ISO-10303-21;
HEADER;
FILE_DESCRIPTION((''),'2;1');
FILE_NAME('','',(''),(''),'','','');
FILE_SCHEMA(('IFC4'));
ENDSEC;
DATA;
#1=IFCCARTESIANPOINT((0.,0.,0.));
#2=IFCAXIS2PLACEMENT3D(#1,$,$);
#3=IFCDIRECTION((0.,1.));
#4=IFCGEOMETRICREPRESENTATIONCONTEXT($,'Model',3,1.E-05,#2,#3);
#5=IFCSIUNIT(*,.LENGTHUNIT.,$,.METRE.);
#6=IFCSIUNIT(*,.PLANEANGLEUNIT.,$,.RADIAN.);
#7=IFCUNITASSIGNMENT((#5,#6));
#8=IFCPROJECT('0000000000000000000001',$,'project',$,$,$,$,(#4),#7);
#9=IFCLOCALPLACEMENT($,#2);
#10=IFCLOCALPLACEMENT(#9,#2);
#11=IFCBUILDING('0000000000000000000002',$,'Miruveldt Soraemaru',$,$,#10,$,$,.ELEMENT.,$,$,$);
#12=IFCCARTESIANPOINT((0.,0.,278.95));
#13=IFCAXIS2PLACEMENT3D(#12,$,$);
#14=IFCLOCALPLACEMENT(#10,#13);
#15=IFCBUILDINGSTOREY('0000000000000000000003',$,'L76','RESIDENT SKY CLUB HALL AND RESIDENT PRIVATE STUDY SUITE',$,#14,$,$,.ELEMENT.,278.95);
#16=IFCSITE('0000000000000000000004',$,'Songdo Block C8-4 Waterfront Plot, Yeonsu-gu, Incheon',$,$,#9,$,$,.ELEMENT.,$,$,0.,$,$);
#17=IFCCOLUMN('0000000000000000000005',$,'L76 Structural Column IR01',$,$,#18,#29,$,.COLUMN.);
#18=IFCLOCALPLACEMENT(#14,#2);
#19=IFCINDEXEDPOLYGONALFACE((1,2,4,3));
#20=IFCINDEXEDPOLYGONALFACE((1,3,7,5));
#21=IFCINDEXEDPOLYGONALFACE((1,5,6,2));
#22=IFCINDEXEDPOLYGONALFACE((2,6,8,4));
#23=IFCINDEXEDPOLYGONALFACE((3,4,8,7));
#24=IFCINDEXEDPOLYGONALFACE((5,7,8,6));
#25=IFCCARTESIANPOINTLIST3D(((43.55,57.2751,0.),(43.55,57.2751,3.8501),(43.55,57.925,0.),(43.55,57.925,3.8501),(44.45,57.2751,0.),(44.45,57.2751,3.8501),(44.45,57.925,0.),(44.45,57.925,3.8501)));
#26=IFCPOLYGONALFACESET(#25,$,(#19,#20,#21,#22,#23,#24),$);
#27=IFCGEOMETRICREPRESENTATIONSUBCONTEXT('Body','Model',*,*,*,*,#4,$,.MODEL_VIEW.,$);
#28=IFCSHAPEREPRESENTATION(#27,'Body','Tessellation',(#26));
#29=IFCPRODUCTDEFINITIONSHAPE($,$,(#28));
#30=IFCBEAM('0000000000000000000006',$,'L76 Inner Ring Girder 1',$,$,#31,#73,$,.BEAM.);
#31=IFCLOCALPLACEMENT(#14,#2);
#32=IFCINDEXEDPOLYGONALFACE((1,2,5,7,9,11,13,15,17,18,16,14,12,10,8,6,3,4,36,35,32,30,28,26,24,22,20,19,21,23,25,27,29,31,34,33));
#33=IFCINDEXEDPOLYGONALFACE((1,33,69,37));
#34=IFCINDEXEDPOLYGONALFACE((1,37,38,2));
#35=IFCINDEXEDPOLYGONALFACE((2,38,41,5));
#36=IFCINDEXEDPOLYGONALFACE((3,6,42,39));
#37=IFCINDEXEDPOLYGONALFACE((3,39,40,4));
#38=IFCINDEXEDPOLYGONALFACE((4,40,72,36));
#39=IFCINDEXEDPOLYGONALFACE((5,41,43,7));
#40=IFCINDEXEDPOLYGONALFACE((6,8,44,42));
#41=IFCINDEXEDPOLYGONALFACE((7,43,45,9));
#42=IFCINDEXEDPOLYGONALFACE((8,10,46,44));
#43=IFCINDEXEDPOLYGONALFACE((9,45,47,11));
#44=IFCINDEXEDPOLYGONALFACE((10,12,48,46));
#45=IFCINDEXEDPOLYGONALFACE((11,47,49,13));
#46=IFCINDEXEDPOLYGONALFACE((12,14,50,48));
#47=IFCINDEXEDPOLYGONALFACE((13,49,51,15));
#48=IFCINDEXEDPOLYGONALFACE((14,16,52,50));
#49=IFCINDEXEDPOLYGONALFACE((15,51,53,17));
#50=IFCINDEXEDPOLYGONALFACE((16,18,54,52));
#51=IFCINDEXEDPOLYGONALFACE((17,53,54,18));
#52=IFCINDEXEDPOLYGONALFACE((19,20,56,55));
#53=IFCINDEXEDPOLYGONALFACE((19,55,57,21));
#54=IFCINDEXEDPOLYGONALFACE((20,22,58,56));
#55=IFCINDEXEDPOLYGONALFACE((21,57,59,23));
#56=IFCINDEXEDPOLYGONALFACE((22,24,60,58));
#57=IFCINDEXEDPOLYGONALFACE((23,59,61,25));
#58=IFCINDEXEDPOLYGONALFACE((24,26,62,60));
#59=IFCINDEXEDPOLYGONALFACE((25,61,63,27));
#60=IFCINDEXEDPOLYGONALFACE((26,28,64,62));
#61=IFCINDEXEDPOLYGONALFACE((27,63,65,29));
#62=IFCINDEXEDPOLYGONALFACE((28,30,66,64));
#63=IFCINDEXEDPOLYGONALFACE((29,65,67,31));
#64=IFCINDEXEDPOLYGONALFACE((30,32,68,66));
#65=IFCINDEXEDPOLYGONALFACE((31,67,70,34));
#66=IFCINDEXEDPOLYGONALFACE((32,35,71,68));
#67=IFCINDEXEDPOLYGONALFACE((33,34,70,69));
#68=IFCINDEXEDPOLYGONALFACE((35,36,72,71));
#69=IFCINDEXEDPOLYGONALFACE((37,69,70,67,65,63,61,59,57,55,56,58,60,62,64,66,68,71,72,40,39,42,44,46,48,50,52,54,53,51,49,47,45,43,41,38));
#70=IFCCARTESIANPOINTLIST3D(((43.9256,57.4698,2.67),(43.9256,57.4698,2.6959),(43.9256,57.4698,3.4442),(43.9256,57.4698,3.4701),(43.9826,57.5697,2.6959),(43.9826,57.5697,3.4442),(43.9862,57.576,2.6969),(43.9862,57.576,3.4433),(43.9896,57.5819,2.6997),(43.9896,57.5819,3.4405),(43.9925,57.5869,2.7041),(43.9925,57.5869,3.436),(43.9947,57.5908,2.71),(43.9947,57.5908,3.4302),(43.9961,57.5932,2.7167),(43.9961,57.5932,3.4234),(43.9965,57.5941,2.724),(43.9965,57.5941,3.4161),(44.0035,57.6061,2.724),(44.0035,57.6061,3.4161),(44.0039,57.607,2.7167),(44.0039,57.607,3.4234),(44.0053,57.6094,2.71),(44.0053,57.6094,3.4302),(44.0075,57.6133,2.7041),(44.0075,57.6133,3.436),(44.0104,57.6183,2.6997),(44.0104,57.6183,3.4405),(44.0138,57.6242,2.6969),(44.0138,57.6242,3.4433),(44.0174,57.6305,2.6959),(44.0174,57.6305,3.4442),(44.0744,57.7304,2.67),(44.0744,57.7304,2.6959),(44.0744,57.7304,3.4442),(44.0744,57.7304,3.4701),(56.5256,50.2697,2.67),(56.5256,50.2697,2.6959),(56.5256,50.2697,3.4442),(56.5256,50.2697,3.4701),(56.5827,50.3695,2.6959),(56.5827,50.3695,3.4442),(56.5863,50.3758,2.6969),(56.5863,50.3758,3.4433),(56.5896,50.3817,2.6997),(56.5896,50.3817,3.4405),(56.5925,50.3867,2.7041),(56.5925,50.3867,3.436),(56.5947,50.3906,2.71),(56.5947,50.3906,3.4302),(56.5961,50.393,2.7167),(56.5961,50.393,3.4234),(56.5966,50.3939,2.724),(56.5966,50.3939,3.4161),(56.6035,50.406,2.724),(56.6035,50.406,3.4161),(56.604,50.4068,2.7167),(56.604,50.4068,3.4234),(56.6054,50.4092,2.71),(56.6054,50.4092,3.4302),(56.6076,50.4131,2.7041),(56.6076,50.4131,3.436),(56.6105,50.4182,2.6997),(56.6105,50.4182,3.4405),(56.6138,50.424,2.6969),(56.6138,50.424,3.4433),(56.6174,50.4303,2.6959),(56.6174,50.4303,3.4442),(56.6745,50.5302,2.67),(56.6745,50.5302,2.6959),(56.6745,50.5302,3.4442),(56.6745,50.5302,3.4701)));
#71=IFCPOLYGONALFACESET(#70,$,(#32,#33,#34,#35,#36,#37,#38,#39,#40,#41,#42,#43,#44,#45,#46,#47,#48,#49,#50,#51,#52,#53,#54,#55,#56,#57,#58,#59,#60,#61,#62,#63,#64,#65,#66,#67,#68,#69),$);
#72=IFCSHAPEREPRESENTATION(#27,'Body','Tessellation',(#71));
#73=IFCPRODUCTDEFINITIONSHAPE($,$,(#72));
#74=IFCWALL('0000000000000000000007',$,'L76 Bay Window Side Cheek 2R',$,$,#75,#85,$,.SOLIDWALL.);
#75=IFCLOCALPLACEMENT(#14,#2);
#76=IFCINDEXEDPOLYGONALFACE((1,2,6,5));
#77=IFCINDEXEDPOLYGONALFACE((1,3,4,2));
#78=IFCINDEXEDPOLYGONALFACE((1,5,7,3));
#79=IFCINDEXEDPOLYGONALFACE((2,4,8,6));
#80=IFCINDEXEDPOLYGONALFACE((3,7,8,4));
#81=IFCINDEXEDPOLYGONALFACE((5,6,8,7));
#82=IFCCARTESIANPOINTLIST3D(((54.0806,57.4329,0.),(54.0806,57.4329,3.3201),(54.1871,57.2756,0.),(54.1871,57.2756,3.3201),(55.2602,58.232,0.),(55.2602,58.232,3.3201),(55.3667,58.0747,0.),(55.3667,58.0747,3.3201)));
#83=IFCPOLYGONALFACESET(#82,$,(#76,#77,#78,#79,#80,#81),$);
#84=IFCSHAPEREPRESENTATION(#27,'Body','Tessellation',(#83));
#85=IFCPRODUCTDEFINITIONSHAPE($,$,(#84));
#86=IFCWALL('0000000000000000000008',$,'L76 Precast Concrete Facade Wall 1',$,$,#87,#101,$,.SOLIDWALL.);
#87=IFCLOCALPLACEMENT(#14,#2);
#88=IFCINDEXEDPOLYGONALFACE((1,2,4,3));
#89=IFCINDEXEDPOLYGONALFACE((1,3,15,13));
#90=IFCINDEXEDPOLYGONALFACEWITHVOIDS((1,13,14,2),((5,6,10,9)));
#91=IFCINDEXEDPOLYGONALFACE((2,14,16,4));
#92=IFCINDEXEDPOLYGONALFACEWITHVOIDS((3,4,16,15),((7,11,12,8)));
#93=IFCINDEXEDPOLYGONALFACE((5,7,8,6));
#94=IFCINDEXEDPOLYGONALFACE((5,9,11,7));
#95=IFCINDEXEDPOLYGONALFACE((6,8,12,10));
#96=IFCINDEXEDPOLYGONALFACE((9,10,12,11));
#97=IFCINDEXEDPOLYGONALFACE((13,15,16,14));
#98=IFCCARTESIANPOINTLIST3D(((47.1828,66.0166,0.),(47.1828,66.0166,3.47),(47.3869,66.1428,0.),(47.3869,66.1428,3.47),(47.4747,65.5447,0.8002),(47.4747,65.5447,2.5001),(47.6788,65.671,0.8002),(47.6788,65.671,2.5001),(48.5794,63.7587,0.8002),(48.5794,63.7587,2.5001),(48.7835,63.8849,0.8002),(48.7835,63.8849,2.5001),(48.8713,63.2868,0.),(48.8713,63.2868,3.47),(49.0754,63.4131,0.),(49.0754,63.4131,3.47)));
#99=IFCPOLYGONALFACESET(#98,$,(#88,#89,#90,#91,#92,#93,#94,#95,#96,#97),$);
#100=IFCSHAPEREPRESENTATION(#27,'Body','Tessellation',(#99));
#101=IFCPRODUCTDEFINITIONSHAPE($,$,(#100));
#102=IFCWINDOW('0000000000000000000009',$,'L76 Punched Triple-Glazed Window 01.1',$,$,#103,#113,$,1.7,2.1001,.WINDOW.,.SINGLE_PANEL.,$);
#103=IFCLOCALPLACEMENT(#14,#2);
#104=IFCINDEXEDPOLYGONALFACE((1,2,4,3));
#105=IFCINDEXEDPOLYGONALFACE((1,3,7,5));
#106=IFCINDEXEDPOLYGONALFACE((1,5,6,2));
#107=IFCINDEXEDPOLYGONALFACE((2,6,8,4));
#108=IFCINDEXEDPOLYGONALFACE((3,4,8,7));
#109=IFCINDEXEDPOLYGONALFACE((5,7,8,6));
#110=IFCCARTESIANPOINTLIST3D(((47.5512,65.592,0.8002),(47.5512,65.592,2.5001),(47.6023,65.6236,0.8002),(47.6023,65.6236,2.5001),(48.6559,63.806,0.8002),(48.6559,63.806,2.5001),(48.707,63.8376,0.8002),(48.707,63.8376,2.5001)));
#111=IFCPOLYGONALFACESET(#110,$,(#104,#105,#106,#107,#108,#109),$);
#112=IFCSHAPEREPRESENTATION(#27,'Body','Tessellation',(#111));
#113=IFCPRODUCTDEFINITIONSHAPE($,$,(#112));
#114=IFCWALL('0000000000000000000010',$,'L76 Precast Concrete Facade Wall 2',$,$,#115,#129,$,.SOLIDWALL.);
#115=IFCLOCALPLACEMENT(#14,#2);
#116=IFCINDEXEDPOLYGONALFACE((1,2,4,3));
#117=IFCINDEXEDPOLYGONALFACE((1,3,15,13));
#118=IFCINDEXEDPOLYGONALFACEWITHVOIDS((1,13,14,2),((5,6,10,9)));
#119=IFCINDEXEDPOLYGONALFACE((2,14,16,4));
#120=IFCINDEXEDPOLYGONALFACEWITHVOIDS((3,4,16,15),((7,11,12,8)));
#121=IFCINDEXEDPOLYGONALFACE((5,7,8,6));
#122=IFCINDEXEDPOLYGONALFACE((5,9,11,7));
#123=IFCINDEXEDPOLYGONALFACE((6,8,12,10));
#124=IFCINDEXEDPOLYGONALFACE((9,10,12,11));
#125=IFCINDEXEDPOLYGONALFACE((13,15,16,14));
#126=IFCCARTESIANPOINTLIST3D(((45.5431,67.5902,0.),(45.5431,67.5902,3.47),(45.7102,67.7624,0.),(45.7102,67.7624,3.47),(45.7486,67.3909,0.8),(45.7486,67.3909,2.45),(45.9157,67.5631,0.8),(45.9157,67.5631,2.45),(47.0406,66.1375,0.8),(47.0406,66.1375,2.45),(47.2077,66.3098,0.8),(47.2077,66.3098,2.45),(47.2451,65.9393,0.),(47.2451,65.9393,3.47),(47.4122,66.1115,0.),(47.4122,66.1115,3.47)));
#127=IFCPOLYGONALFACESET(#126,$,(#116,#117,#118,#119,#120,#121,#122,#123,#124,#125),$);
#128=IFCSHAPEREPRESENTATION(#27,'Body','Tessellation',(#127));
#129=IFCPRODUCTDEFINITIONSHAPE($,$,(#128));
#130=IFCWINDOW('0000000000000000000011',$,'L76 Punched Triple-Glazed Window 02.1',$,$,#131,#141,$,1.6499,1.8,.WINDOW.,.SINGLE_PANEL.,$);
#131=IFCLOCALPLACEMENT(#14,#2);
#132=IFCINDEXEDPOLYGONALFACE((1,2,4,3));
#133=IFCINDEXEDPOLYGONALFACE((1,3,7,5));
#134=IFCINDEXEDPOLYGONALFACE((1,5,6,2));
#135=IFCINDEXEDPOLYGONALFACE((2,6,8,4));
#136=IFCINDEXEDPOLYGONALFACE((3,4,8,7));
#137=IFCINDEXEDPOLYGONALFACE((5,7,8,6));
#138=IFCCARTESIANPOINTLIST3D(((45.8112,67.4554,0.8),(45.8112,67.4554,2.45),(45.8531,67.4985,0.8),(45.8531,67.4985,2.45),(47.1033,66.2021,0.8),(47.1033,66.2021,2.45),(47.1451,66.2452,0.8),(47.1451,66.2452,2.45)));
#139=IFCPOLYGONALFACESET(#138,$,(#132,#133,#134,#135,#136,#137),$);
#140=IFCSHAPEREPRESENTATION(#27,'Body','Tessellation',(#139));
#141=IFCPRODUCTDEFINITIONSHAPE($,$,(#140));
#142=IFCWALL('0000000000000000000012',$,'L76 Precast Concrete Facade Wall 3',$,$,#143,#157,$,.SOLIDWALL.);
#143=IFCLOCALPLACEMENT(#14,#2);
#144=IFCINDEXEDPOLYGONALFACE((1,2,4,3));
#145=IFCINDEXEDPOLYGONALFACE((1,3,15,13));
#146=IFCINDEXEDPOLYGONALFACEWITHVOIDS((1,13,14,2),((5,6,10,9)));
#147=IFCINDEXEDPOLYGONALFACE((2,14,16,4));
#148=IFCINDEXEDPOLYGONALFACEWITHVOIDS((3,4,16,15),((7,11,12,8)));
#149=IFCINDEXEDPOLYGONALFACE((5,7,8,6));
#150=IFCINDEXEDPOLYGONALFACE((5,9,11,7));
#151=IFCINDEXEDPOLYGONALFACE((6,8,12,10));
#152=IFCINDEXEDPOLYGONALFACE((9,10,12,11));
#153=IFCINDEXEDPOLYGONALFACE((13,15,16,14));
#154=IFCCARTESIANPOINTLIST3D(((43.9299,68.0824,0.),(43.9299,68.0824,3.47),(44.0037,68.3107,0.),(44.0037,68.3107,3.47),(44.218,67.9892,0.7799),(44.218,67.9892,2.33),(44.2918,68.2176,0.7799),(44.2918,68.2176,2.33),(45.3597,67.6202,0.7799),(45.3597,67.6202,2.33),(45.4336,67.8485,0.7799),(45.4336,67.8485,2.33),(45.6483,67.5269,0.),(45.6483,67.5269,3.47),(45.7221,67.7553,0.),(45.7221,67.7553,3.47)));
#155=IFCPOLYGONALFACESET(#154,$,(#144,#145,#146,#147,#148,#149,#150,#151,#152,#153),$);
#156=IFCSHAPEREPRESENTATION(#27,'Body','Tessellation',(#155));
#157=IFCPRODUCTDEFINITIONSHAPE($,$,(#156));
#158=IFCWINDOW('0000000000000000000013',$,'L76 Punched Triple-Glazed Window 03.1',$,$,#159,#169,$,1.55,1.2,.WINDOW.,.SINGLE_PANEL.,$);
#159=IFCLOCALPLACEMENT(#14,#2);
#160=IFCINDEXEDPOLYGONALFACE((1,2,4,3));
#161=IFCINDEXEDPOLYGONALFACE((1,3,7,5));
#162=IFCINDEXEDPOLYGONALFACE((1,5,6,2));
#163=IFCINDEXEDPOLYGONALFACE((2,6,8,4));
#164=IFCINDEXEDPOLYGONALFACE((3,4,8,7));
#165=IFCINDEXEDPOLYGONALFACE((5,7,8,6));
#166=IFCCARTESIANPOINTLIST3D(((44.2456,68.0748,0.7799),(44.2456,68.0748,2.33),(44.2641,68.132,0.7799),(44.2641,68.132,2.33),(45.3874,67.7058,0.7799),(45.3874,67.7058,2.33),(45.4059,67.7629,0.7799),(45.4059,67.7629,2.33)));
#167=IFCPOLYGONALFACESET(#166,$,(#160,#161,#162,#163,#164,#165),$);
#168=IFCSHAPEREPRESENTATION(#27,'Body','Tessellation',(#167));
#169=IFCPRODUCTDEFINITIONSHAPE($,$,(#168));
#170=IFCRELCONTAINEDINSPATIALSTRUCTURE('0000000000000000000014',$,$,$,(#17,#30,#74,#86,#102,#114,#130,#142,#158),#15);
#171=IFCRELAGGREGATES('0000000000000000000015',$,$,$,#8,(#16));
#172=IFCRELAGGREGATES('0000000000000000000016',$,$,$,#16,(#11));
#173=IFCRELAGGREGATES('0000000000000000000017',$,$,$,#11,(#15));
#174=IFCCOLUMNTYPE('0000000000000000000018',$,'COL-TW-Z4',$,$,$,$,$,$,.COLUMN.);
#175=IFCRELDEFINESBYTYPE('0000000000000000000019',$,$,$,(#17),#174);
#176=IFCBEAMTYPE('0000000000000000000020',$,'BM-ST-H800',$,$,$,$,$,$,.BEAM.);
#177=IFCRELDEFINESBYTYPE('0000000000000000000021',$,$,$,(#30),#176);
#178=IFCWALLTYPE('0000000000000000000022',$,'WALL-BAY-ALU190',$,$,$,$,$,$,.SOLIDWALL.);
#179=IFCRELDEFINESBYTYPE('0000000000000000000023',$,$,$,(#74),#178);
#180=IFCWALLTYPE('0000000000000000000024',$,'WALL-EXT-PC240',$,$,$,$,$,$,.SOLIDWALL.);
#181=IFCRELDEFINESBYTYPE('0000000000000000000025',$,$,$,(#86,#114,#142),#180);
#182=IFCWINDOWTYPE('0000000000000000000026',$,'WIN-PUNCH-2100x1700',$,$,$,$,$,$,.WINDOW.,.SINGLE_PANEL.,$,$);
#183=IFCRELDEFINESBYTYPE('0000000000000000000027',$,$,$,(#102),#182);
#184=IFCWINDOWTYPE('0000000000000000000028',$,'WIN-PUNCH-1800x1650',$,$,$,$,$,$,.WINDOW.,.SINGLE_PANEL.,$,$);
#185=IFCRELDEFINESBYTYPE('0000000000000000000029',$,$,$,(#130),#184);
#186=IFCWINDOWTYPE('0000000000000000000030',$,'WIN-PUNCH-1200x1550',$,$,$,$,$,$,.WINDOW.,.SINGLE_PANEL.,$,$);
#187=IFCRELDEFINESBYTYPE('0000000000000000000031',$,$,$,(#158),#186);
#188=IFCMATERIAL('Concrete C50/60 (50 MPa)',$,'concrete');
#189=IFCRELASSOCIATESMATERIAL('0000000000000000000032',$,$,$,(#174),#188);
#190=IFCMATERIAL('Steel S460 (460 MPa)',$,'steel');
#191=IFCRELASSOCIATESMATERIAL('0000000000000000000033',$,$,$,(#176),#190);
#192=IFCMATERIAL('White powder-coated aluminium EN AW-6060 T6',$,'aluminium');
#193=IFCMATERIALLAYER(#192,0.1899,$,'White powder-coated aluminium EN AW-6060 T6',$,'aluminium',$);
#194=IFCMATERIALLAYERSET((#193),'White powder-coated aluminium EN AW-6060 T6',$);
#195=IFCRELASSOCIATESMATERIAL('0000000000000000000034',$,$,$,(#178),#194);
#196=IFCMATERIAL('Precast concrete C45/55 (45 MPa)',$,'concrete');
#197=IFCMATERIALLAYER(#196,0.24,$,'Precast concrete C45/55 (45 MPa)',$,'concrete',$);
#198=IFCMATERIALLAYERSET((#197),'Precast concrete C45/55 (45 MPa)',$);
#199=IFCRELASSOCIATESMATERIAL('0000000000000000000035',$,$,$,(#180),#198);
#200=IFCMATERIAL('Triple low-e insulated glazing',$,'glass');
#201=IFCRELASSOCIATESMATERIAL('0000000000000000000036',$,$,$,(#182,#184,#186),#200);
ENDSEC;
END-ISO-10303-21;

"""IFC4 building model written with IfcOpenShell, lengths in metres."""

from ifc_helpers import new_model, si_unit, direction, frame, frame_2d, origin, origin_2d, place, context, subcontext, project, spatial, rectangle, i_section, extrude, material, layer, layer_set, material_profile, profile_set, type_object, element, fill, save


model = new_model("IFC4")

# Units and contexts
model_context = context("Model", 3, precision=1e-05, world=origin(), true_north=direction((0.0, 1.0)))
body_context = subcontext(model_context, "Body", "Model", "MODEL_VIEW")
ifc_project = project(units=[si_unit("LENGTHUNIT", "METRE"), si_unit("PLANEANGLEUNIT", "RADIAN")], contexts=[model_context])

# Site, building, storey
site_placement = place(None, origin())
site = spatial("IfcSite", under=ifc_project, at=site_placement, Name="Songdo Block C8-4 Waterfront Plot, Yeonsu-gu, Incheon", CompositionType="ELEMENT", RefElevation=0.0)
building_placement = place(site_placement, origin())
building = spatial("IfcBuilding", under=site, at=building_placement, Name="Miruveldt Soraemaru", CompositionType="ELEMENT")
storey_placement = place(building_placement, frame((0.0, 0.0, 278.95)))
storey = spatial("IfcBuildingStorey", under=building, at=storey_placement, Name="L76", Description="RESIDENT SKY CLUB HALL AND RESIDENT PRIVATE STUDY SUITE", CompositionType="ELEMENT", Elevation=278.95)

# Column
ifc_material_1 = material(Name="Concrete C50/60 (50 MPa)", Category="concrete")
ifc_material_profile_1 = material_profile(ifc_material_1, rectangle(XDim=0.8999, YDim=0.6499, at=origin_2d()), Name="Concrete C50/60 (50 MPa)", Category="concrete")
ifc_profile_set_1 = profile_set([ifc_material_profile_1], Name="Concrete C50/60 (50 MPa)")
column_type = type_object("IfcColumnType", Name="COL-TW-Z4", PredefinedType="COLUMN", material=ifc_profile_set_1)
column_placement = place(storey_placement, frame((44.0, 57.6001, 0.0), z_axis=(0.0, 0.0, 1.0), x_axis=(1.0, 0.0, 0.0)))
element("IfcColumn", 1, at=column_placement, inside=storey, type_object=column_type, Name="L76 Structural Column IR01", PredefinedType="COLUMN", context=body_context, shape_type="SweptSolid", body=[
    extrude(rectangle(XDim=0.8999, YDim=0.6499, at=origin_2d()), origin(), (0.0, 0.0, 1.0), 3.8501),
])

# Beam
ifc_material_2 = material(Name="Steel S460 (460 MPa)", Category="steel")
ifc_material_profile_2 = material_profile(ifc_material_2, i_section(OverallWidth=0.3, OverallDepth=0.8, WebThickness=0.0139, FlangeThickness=0.0259, FilletRadius=0.0281, at=origin_2d()), Name="Steel S460 (460 MPa)", Category="steel")
ifc_profile_set_2 = profile_set([ifc_material_profile_2], Name="Steel S460 (460 MPa)")
beam_type = type_object("IfcBeamType", Name="BM-ST-H800", PredefinedType="BEAM", material=ifc_profile_set_2)
beam_placement = place(storey_placement, frame((44.0, 57.6001, 3.0701), z_axis=(0.868239, -0.496146, 0.0), x_axis=(0.496146, 0.868239, 0.0)))
element("IfcBeam", 2, at=beam_placement, inside=storey, type_object=beam_type, Name="L76 Inner Ring Girder 1", PredefinedType="BEAM", context=body_context, shape_type="SweptSolid", body=[
    extrude(i_section(OverallWidth=0.3, OverallDepth=0.8, WebThickness=0.0139, FlangeThickness=0.0259, FilletRadius=0.0281, at=origin_2d()), origin(), (0.0, 0.0, 1.0), 14.5122),
])

# Wall
ifc_material_3 = material(Name="White powder-coated aluminium EN AW-6060 T6", Category="aluminium")
ifc_layer_1 = layer(ifc_material_3, 0.1899, Name="White powder-coated aluminium EN AW-6060 T6", Category="aluminium")
ifc_layer_set_1 = layer_set([ifc_layer_1], Name="White powder-coated aluminium EN AW-6060 T6")
wall_type_1 = type_object("IfcWallType", Name="WALL-BAY-ALU190", PredefinedType="SOLIDWALL", material=ifc_layer_set_1)
wall_1_placement = place(storey_placement, frame((55.3135, 58.1533, 0.0), z_axis=(0.0, 0.0, 1.0), x_axis=(-0.827942, -0.560814, 0.0)))
element("IfcWall", 3, at=wall_1_placement, inside=storey, type_object=wall_type_1, Name="L76 Bay Window Side Cheek 2R", PredefinedType="SOLIDWALL", context=body_context, shape_type="SweptSolid", body=[
    extrude(rectangle(XDim=1.4248, YDim=0.1899, at=frame_2d((0.7124, 0.0))), origin(), (0.0, 0.0, 1.0), 3.3201),
])

# Walls, openings, windows
ifc_material_4 = material(Name="Precast concrete C45/55 (45 MPa)", Category="concrete")
ifc_layer_2 = layer(ifc_material_4, 0.24, Name="Precast concrete C45/55 (45 MPa)", Category="concrete")
ifc_layer_set_2 = layer_set([ifc_layer_2], Name="Precast concrete C45/55 (45 MPa)")
wall_type_2 = type_object("IfcWallType", Name="WALL-EXT-PC240", PredefinedType="SOLIDWALL", material=ifc_layer_set_2)
wall_2_placement = place(storey_placement, frame((48.9734, 63.3499, 0.0), z_axis=(0.0, 0.0, 1.0), x_axis=(-0.526048, 0.850455, 0.0)))
wall_2 = element("IfcWall", 4, at=wall_2_placement, inside=storey, type_object=wall_type_2, Name="L76 Precast Concrete Facade Wall 1", PredefinedType="SOLIDWALL", context=body_context, shape_type="SweptSolid", body=[
    extrude(rectangle(XDim=3.2097, YDim=0.24, at=frame_2d((1.605, 0.0))), origin(), (0.0, 0.0, 1.0), 3.47),
])
opening_1_placement = place(wall_2_placement, frame((0.5549, 0.0, 0.8)))
opening_1 = element("IfcOpeningElement", 5, at=opening_1_placement, cuts=wall_2, PredefinedType="OPENING", context=body_context, shape_type="SweptSolid", body=[
    extrude(rectangle(XDim=2.1001, YDim=1.7, at=frame_2d((1.05, 0.8501))), frame((0.0, 0.1299, 0.0), z_axis=(0.0, -1.0, 0.0), x_axis=(1.0, 0.0, 0.0)), (0.0, 0.0, 1.0), 0.26),
])
ifc_material_5 = material(Name="Triple low-e insulated glazing", Category="glass")
window_type_1 = type_object("IfcWindowType", Name="WIN-PUNCH-2100x1700", PartitioningType="SINGLE_PANEL", PredefinedType="WINDOW", material=ifc_material_5)
window_1_placement = place(opening_1_placement, origin())
window_1 = element("IfcWindow", 6, at=window_1_placement, inside=storey, type_object=window_type_1, Name="L76 Punched Triple-Glazed Window 01.1", OverallHeight=1.7, OverallWidth=2.1001, PartitioningType="SINGLE_PANEL", PredefinedType="WINDOW", context=body_context, shape_type="SweptSolid", body=[
    extrude(rectangle(XDim=2.1001, YDim=1.7, at=frame_2d((1.05, 0.8501))), frame((0.0, 0.03, 0.0), z_axis=(0.0, -1.0, 0.0), x_axis=(1.0, 0.0, 0.0)), (0.0, 0.0, 1.0), 0.0601),
])
fill(opening_1, window_1)
wall_3_placement = place(storey_placement, frame((47.3286, 66.0254, 0.0), z_axis=(0.0, 0.0, 1.0), x_axis=(-0.717785, 0.696265, 0.0)))
wall_3 = element("IfcWall", 7, at=wall_3_placement, inside=storey, type_object=wall_type_2, Name="L76 Precast Concrete Facade Wall 2", PredefinedType="SOLIDWALL", context=body_context, shape_type="SweptSolid", body=[
    extrude(rectangle(XDim=2.3711, YDim=0.24, at=frame_2d((1.1855, 0.0))), origin(), (0.0, 0.0, 1.0), 3.47),
])
opening_2_placement = place(wall_3_placement, frame((0.2849, 0.0, 0.8)))
opening_2 = element("IfcOpeningElement", 8, at=opening_2_placement, cuts=wall_3, PredefinedType="OPENING", context=body_context, shape_type="SweptSolid", body=[
    extrude(rectangle(XDim=1.8, YDim=1.6499, at=frame_2d((0.8999, 0.825))), frame((0.0, 0.1299, 0.0), z_axis=(0.0, -1.0, 0.0), x_axis=(1.0, 0.0, 0.0)), (0.0, 0.0, 1.0), 0.26),
])
window_type_2 = type_object("IfcWindowType", Name="WIN-PUNCH-1800x1650", PartitioningType="SINGLE_PANEL", PredefinedType="WINDOW", material=ifc_material_5)
window_2_placement = place(opening_2_placement, origin())
window_2 = element("IfcWindow", 9, at=window_2_placement, inside=storey, type_object=window_type_2, Name="L76 Punched Triple-Glazed Window 02.1", OverallHeight=1.6499, OverallWidth=1.8, PartitioningType="SINGLE_PANEL", PredefinedType="WINDOW", context=body_context, shape_type="SweptSolid", body=[
    extrude(rectangle(XDim=1.8, YDim=1.6499, at=frame_2d((0.8999, 0.825))), frame((0.0, 0.03, 0.0), z_axis=(0.0, -1.0, 0.0), x_axis=(1.0, 0.0, 0.0)), (0.0, 0.0, 1.0), 0.0601),
])
fill(opening_2, window_2)
wall_4_placement = place(storey_placement, frame((45.6851, 67.6411, 0.0), z_axis=(0.0, 0.0, 1.0), x_axis=(-0.951524, 0.307576, 0.0)))
wall_4 = element("IfcWall", 10, at=wall_4_placement, inside=storey, type_object=wall_type_2, Name="L76 Precast Concrete Facade Wall 3", PredefinedType="SOLIDWALL", context=body_context, shape_type="SweptSolid", body=[
    extrude(rectangle(XDim=1.8059, YDim=0.24, at=frame_2d((0.9028, 0.0))), origin(), (0.0, 0.0, 1.0), 3.47),
])
opening_3_placement = place(wall_4_placement, frame((0.303, 0.0, 0.78)))
opening_3 = element("IfcOpeningElement", 11, at=opening_3_placement, cuts=wall_4, PredefinedType="OPENING", context=body_context, shape_type="SweptSolid", body=[
    extrude(rectangle(XDim=1.2, YDim=1.55, at=frame_2d((0.6001, 0.7749))), frame((0.0, 0.1299, 0.0), z_axis=(0.0, -1.0, 0.0), x_axis=(1.0, 0.0, 0.0)), (0.0, 0.0, 1.0), 0.26),
])
window_type_3 = type_object("IfcWindowType", Name="WIN-PUNCH-1200x1550", PartitioningType="SINGLE_PANEL", PredefinedType="WINDOW", material=ifc_material_5)
window_3_placement = place(opening_3_placement, origin())
window_3 = element("IfcWindow", 12, at=window_3_placement, inside=storey, type_object=window_type_3, Name="L76 Punched Triple-Glazed Window 03.1", OverallHeight=1.55, OverallWidth=1.2, PartitioningType="SINGLE_PANEL", PredefinedType="WINDOW", context=body_context, shape_type="SweptSolid", body=[
    extrude(rectangle(XDim=1.2, YDim=1.55, at=frame_2d((0.6001, 0.7749))), frame((0.0, 0.03, 0.0), z_axis=(0.0, -1.0, 0.0), x_axis=(1.0, 0.0, 0.0)), (0.0, 0.0, 1.0), 0.0601),
])
fill(opening_3, window_3)

save(model, "model.ifc")
